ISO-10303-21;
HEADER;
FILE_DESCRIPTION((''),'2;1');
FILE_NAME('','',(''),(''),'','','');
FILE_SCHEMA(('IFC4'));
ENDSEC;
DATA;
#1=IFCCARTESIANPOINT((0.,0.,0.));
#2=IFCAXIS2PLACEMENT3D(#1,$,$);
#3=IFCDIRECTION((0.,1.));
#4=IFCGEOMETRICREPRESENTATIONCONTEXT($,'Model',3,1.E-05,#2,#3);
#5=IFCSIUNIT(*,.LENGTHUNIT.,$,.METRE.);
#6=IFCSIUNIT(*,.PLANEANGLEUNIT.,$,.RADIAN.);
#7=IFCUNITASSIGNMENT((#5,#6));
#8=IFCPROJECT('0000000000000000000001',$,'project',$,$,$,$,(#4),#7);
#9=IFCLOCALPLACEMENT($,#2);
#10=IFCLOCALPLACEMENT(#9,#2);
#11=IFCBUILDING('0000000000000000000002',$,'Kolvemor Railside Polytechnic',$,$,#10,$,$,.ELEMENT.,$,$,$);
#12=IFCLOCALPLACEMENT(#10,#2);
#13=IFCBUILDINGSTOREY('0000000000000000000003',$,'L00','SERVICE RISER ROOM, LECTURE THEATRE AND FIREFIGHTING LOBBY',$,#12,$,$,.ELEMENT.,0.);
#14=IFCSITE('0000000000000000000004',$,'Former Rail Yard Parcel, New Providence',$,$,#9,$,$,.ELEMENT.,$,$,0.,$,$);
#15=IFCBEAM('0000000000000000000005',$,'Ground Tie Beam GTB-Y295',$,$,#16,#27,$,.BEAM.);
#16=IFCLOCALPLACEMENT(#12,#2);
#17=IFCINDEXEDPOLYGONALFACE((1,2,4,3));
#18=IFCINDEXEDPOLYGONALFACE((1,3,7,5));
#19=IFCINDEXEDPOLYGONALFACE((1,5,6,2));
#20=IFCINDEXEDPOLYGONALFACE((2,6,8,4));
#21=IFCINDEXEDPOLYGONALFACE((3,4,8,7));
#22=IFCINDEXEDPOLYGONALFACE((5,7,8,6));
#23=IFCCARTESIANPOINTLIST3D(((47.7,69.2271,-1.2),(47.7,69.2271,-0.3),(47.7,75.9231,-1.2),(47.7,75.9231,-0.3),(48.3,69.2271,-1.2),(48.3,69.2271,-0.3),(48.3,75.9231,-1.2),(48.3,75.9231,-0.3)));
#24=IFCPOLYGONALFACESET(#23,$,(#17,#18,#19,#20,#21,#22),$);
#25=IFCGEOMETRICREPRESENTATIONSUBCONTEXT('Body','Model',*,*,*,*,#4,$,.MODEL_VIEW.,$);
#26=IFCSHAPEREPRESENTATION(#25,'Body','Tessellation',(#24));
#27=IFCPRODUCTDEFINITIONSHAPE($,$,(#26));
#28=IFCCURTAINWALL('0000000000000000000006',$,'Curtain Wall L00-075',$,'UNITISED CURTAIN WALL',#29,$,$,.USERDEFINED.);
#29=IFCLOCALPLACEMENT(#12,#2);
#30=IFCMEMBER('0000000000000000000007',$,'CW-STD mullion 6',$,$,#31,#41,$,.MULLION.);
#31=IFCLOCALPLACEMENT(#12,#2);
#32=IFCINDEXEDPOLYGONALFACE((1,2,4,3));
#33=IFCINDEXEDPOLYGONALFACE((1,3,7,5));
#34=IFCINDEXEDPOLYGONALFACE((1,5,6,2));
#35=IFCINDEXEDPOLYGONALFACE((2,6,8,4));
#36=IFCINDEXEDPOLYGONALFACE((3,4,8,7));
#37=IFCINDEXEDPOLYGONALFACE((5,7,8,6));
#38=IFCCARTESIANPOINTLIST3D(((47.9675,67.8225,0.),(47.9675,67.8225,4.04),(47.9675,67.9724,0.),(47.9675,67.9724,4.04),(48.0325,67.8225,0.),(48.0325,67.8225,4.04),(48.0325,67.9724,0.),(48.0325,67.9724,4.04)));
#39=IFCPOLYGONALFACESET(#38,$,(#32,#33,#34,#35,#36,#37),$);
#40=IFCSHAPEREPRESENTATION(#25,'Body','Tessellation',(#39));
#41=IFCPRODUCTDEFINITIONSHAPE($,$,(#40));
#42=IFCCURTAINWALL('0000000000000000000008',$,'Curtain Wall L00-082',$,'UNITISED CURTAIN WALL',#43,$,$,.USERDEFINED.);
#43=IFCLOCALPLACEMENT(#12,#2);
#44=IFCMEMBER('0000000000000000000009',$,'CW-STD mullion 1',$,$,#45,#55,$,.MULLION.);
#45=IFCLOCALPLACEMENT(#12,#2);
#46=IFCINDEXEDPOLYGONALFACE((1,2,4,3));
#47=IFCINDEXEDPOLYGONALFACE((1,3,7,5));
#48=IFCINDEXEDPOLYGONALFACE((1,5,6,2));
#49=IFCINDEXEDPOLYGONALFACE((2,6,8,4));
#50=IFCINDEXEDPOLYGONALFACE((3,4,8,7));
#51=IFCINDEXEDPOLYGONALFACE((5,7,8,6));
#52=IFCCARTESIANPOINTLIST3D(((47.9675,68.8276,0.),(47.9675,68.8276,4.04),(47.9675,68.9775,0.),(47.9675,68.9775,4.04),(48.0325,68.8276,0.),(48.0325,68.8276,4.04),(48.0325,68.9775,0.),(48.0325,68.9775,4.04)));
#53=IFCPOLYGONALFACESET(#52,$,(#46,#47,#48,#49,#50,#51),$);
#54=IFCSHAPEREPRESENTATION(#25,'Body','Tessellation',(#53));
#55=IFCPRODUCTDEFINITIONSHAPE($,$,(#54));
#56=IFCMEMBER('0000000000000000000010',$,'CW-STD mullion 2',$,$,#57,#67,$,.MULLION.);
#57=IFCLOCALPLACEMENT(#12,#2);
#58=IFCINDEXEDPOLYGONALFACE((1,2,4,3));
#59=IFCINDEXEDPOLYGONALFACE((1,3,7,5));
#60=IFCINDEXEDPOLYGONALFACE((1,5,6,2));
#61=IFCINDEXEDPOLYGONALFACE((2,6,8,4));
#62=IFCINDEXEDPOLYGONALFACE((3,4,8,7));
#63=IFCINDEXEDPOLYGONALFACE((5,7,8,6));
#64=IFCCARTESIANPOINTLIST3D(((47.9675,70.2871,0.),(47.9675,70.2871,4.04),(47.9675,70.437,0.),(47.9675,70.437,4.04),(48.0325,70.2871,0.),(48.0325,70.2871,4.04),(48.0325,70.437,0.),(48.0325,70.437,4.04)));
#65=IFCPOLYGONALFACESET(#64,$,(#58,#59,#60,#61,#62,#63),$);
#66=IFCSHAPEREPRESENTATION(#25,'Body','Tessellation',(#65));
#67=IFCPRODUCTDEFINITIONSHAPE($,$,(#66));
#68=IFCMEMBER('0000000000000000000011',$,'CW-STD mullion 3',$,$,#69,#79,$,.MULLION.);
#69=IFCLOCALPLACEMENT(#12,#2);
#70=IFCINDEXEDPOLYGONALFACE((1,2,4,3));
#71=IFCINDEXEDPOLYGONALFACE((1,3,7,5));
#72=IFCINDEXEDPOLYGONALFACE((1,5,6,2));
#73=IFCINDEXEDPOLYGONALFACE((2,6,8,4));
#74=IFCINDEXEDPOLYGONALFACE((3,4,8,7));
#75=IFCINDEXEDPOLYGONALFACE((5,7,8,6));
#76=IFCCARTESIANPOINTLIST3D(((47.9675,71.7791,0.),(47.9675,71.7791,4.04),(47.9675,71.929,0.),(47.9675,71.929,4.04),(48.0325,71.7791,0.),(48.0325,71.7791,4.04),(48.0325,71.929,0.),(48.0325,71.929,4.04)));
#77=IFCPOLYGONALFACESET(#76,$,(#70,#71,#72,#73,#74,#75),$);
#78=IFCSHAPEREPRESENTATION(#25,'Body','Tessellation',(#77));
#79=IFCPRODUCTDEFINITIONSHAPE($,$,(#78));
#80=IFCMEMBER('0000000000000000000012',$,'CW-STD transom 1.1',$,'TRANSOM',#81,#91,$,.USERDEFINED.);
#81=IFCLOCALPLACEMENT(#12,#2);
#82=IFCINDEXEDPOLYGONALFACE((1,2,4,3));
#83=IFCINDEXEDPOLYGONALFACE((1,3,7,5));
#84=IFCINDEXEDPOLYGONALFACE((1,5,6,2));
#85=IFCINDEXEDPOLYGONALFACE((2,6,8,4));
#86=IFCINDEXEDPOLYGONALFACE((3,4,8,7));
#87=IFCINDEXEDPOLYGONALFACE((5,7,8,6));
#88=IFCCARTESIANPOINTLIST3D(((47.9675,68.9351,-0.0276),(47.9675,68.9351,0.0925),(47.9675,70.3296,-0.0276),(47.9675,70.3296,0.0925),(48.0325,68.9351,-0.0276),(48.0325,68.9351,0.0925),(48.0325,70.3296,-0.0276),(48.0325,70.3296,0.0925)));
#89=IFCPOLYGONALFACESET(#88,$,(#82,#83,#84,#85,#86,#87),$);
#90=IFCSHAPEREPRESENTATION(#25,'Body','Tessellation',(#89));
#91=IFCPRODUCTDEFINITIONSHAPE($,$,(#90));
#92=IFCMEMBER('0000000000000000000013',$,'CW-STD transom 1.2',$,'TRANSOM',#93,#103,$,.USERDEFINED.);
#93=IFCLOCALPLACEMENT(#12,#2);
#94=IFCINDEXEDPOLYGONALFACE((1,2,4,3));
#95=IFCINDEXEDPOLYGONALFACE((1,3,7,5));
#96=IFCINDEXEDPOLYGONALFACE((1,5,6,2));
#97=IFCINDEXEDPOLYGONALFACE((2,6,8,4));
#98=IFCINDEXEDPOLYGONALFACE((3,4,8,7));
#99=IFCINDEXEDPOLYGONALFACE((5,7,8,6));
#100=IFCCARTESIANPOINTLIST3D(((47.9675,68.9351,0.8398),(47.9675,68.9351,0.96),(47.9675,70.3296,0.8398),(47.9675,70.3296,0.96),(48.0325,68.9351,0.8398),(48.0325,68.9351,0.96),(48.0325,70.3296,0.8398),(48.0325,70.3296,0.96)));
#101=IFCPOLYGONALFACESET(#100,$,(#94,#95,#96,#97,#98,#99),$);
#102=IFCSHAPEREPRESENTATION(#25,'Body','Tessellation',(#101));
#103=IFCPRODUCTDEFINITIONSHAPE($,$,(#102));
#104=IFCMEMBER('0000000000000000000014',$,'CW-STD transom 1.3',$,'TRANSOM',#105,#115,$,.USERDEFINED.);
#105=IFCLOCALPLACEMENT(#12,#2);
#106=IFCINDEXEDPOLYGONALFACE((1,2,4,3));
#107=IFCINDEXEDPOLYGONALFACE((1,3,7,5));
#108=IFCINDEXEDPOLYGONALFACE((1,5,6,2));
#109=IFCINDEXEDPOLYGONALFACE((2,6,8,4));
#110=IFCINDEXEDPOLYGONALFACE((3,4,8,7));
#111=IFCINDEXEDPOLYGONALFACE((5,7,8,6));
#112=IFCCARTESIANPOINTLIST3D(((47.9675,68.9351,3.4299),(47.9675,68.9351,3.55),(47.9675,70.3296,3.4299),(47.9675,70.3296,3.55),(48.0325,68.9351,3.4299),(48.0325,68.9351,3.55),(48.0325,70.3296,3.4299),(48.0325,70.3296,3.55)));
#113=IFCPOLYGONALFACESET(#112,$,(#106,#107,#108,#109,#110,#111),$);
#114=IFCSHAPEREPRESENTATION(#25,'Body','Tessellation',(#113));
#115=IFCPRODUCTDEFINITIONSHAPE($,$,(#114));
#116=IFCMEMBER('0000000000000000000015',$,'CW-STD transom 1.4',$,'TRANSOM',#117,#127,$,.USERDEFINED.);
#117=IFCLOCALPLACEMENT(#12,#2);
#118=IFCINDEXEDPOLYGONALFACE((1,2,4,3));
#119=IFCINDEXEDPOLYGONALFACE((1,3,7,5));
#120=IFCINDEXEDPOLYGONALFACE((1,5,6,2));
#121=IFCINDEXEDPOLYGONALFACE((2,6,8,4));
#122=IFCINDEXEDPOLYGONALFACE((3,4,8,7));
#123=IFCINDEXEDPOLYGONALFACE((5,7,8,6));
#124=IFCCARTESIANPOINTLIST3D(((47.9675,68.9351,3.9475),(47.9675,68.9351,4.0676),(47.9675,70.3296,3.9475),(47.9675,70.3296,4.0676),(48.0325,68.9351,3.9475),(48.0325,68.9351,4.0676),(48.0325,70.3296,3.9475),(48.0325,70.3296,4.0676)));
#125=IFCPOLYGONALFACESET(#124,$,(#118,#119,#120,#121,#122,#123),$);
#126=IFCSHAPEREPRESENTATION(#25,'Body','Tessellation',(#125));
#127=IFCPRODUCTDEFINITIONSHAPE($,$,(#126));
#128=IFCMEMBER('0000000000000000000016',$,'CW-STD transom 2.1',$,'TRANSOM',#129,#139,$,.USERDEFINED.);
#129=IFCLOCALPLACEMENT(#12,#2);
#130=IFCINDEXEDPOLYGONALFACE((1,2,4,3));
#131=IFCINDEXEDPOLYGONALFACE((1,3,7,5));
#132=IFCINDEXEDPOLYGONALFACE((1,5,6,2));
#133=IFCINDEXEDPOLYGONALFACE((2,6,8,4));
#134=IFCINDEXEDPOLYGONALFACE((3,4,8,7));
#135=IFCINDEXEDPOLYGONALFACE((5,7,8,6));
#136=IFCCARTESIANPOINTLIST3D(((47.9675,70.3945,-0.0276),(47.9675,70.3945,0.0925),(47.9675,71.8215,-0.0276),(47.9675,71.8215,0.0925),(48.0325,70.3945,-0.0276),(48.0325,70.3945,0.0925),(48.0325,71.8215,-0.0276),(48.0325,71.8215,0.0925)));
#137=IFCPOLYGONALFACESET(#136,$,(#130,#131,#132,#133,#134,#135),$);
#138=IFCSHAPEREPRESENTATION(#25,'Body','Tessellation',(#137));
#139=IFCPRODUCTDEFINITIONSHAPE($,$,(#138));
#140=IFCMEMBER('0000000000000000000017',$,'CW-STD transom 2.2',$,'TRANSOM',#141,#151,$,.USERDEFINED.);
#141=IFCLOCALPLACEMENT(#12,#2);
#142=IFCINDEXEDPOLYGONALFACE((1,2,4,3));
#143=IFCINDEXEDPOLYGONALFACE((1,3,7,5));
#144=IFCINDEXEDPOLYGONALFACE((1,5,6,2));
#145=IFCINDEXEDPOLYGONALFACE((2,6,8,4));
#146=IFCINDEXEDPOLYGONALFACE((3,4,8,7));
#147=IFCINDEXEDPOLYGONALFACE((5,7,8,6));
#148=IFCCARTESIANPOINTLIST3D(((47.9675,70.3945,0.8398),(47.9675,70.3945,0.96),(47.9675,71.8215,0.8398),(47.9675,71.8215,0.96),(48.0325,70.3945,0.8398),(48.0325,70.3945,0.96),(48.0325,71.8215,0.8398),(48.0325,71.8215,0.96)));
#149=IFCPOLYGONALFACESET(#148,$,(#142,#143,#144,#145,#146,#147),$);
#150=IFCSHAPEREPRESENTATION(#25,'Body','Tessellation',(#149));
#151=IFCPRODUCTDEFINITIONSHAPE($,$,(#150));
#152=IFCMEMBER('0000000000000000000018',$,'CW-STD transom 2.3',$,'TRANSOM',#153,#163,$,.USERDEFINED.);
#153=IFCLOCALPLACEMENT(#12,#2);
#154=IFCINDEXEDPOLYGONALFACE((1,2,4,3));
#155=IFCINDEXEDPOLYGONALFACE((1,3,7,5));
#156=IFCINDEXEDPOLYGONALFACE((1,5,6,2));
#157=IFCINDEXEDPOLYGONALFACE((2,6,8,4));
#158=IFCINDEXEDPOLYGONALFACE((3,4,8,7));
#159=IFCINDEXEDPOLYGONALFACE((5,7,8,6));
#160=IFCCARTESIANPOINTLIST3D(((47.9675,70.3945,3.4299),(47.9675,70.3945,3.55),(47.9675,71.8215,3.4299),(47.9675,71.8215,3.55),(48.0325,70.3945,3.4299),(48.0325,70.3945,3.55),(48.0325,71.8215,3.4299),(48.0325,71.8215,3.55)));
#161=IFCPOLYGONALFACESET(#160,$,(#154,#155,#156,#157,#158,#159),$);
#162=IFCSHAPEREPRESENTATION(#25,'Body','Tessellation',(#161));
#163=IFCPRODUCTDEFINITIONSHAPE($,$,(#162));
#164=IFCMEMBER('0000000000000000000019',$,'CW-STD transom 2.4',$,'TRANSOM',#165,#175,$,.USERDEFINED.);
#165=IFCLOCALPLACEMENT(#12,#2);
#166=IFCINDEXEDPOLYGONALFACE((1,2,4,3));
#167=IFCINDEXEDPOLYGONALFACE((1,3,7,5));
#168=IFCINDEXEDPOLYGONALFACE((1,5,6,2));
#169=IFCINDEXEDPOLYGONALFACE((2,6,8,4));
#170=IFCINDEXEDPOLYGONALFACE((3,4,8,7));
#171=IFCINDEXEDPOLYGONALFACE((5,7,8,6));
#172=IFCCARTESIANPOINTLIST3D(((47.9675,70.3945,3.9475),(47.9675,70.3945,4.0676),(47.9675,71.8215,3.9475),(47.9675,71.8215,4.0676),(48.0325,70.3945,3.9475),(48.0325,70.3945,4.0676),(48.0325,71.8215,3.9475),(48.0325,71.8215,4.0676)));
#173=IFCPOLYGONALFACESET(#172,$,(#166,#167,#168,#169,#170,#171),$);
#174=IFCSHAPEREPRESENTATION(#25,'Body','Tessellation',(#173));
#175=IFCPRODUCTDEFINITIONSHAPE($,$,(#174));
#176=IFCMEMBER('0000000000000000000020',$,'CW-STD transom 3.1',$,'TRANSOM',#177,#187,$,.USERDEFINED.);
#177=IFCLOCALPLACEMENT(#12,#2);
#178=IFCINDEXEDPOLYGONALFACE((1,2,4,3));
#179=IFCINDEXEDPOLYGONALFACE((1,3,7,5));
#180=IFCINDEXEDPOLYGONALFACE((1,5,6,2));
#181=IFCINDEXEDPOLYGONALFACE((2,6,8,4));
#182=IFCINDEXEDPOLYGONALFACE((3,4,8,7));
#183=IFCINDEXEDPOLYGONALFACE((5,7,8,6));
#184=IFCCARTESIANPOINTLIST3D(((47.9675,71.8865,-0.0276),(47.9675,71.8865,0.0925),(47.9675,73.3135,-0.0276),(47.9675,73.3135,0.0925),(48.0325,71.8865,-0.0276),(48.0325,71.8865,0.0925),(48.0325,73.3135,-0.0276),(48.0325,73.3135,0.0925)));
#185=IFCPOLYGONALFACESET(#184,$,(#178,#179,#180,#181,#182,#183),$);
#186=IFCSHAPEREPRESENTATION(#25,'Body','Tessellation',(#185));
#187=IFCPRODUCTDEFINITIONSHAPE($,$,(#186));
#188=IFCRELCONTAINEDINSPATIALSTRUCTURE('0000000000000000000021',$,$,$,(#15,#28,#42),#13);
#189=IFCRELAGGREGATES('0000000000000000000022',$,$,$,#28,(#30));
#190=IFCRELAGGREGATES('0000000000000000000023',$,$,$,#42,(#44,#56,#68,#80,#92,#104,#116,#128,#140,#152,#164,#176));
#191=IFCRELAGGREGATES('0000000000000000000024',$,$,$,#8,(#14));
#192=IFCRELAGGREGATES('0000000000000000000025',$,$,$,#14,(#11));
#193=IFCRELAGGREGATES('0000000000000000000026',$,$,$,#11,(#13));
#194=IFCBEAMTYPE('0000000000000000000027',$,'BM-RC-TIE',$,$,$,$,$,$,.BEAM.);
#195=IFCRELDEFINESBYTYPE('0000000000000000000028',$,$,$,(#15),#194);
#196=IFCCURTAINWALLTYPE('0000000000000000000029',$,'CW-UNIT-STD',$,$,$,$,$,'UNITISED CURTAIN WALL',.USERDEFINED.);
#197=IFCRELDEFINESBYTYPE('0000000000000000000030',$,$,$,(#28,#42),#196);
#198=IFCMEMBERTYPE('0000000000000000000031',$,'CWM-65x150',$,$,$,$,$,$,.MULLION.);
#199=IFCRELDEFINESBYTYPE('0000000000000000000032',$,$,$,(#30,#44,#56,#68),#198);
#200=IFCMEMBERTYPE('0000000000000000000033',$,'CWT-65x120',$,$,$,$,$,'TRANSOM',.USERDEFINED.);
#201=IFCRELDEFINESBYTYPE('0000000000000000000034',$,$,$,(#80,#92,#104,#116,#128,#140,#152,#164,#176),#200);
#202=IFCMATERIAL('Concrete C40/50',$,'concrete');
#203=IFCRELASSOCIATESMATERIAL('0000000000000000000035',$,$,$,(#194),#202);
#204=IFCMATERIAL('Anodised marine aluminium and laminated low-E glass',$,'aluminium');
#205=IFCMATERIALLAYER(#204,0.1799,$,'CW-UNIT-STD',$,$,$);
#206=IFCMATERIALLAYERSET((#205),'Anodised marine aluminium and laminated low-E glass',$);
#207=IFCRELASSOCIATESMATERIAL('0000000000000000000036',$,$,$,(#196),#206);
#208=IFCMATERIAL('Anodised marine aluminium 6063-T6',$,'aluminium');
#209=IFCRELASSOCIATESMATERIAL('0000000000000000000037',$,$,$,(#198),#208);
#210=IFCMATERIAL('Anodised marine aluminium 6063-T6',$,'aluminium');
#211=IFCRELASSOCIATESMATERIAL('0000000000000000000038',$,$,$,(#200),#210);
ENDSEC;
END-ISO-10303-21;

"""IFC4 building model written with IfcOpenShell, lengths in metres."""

from ifc_helpers import new_model, si_unit, direction, frame, origin, origin_2d, place, context, subcontext, project, spatial, rectangle, extrude, material, layer, layer_set, material_profile, profile_set, type_object, element, aggregate, save


model = new_model("IFC4")

# Units and contexts
model_context = context("Model", 3, precision=1e-05, world=origin(), true_north=direction((0.0, 1.0)))
body_context = subcontext(model_context, "Body", "Model", "MODEL_VIEW")
ifc_project = project(units=[si_unit("LENGTHUNIT", "METRE"), si_unit("PLANEANGLEUNIT", "RADIAN")], contexts=[model_context])

# Site, building, storey
site_placement = place(None, origin())
site = spatial("IfcSite", under=ifc_project, at=site_placement, Name="Former Rail Yard Parcel, New Providence", CompositionType="ELEMENT", RefElevation=0.0)
building_placement = place(site_placement, origin())
building = spatial("IfcBuilding", under=site, at=building_placement, Name="Kolvemor Railside Polytechnic", CompositionType="ELEMENT")
storey_placement = place(building_placement, origin())
storey = spatial("IfcBuildingStorey", under=building, at=storey_placement, Name="L00", Description="SERVICE RISER ROOM, LECTURE THEATRE AND FIREFIGHTING LOBBY", CompositionType="ELEMENT", Elevation=0.0)

# Beam
ifc_material_1 = material(Name="Concrete C40/50", Category="concrete")
ifc_material_profile_1 = material_profile(ifc_material_1, rectangle(XDim=0.6001, YDim=0.8999, at=origin_2d()), Name="RC600x900")
ifc_profile_set_1 = profile_set([ifc_material_profile_1], Name="Concrete C40/50")
beam_type_1 = type_object("IfcBeamType", Name="BM-RC-TIE", PredefinedType="BEAM", material=ifc_profile_set_1)
beam_1_placement = place(storey_placement, frame((48.0, 69.2271, -0.75), z_axis=(0.0, 1.0, 0.0), x_axis=(-1.0, 0.0, 0.0)))
element("IfcBeam", 1, at=beam_1_placement, inside=storey, type_object=beam_type_1, Name="Ground Tie Beam GTB-Y295", PredefinedType="BEAM", context=body_context, shape_type="SweptSolid", body=[
    extrude(rectangle(XDim=0.6001, YDim=0.8999, at=origin_2d()), origin(), (0.0, 0.0, 1.0), 6.696),
])

# Curtain wall, member
ifc_material_2 = material(Name="Anodised marine aluminium and laminated low-E glass", Category="aluminium")
ifc_layer_1 = layer(ifc_material_2, 0.1799, Name="CW-UNIT-STD")
ifc_layer_set_1 = layer_set([ifc_layer_1], Name="Anodised marine aluminium and laminated low-E glass")
curtain_wall_type = type_object("IfcCurtainWallType", Name="CW-UNIT-STD", ElementType="UNITISED CURTAIN WALL", PredefinedType="USERDEFINED", material=ifc_layer_set_1)
curtain_wall_1_placement = place(storey_placement, origin())
curtain_wall_1 = element("IfcCurtainWall", 2, at=curtain_wall_1_placement, inside=storey, type_object=curtain_wall_type, Name="Curtain Wall L00-075", ObjectType="UNITISED CURTAIN WALL", PredefinedType="USERDEFINED")
ifc_material_3 = material(Name="Anodised marine aluminium 6063-T6", Category="aluminium")
ifc_material_profile_2 = material_profile(ifc_material_3, rectangle(XDim=0.0649, YDim=0.1499, at=origin_2d()), Name="CW-MUL-65x150")
ifc_profile_set_2 = profile_set([ifc_material_profile_2], Name="Anodised marine aluminium 6063-T6")
member_type_1 = type_object("IfcMemberType", Name="CWM-65x150", PredefinedType="MULLION", material=ifc_profile_set_2)
member_1_placement = place(storey_placement, frame((48.0, 67.8975, 0.0), z_axis=(0.0, 0.0, 1.0), x_axis=(-1.0, 0.0, 0.0)))
member_1 = element("IfcMember", 3, at=member_1_placement, type_object=member_type_1, Name="CW-STD mullion 6", PredefinedType="MULLION", context=body_context, shape_type="SweptSolid", body=[
    extrude(rectangle(XDim=0.0649, YDim=0.1499, at=origin_2d()), origin(), (0.0, 0.0, 1.0), 4.04),
])

# Curtain wall, members
curtain_wall_2_placement = place(storey_placement, origin())
curtain_wall_2 = element("IfcCurtainWall", 4, at=curtain_wall_2_placement, inside=storey, type_object=curtain_wall_type, Name="Curtain Wall L00-082", ObjectType="UNITISED CURTAIN WALL", PredefinedType="USERDEFINED")
member_2_placement = place(storey_placement, frame((48.0, 68.9026, 0.0), z_axis=(0.0, 0.0, 1.0), x_axis=(-1.0, 0.0, 0.0)))
member_2 = element("IfcMember", 5, at=member_2_placement, type_object=member_type_1, Name="CW-STD mullion 1", PredefinedType="MULLION", context=body_context, shape_type="SweptSolid", body=[
    extrude(rectangle(XDim=0.0649, YDim=0.1499, at=origin_2d()), origin(), (0.0, 0.0, 1.0), 4.04),
])
member_3_placement = place(storey_placement, frame((48.0, 70.3621, 0.0), z_axis=(0.0, 0.0, 1.0), x_axis=(-1.0, 0.0, 0.0)))
member_3 = element("IfcMember", 6, at=member_3_placement, type_object=member_type_1, Name="CW-STD mullion 2", PredefinedType="MULLION", context=body_context, shape_type="SweptSolid", body=[
    extrude(rectangle(XDim=0.0649, YDim=0.1499, at=origin_2d()), origin(), (0.0, 0.0, 1.0), 4.04),
])
member_4_placement = place(storey_placement, frame((48.0, 71.854, 0.0), z_axis=(0.0, 0.0, 1.0), x_axis=(-1.0, 0.0, 0.0)))
member_4 = element("IfcMember", 7, at=member_4_placement, type_object=member_type_1, Name="CW-STD mullion 3", PredefinedType="MULLION", context=body_context, shape_type="SweptSolid", body=[
    extrude(rectangle(XDim=0.0649, YDim=0.1499, at=origin_2d()), origin(), (0.0, 0.0, 1.0), 4.04),
])
ifc_material_4 = material(Name="Anodised marine aluminium 6063-T6", Category="aluminium")
ifc_material_profile_3 = material_profile(ifc_material_4, rectangle(XDim=0.0649, YDim=0.1201, at=origin_2d()), Name="CW-TRN-65x120")
ifc_profile_set_3 = profile_set([ifc_material_profile_3], Name="Anodised marine aluminium 6063-T6")
member_type_2 = type_object("IfcMemberType", Name="CWT-65x120", ElementType="TRANSOM", PredefinedType="USERDEFINED", material=ifc_profile_set_3)
member_5_placement = place(storey_placement, frame((48.0, 68.9351, 0.0325), z_axis=(0.0, 1.0, 0.0), x_axis=(-1.0, 0.0, 0.0)))
member_5 = element("IfcMember", 8, at=member_5_placement, type_object=member_type_2, Name="CW-STD transom 1.1", ObjectType="TRANSOM", PredefinedType="USERDEFINED", context=body_context, shape_type="SweptSolid", body=[
    extrude(rectangle(XDim=0.0649, YDim=0.1201, at=origin_2d()), origin(), (0.0, 0.0, 1.0), 1.3945),
])
member_6_placement = place(storey_placement, frame((48.0, 68.9351, 0.8999), z_axis=(0.0, 1.0, 0.0), x_axis=(-1.0, 0.0, 0.0)))
member_6 = element("IfcMember", 9, at=member_6_placement, type_object=member_type_2, Name="CW-STD transom 1.2", ObjectType="TRANSOM", PredefinedType="USERDEFINED", context=body_context, shape_type="SweptSolid", body=[
    extrude(rectangle(XDim=0.0649, YDim=0.1201, at=origin_2d()), origin(), (0.0, 0.0, 1.0), 1.3945),
])
member_7_placement = place(storey_placement, frame((48.0, 68.9351, 3.49), z_axis=(0.0, 1.0, 0.0), x_axis=(-1.0, 0.0, 0.0)))
member_7 = element("IfcMember", 10, at=member_7_placement, type_object=member_type_2, Name="CW-STD transom 1.3", ObjectType="TRANSOM", PredefinedType="USERDEFINED", context=body_context, shape_type="SweptSolid", body=[
    extrude(rectangle(XDim=0.0649, YDim=0.1201, at=origin_2d()), origin(), (0.0, 0.0, 1.0), 1.3945),
])
member_8_placement = place(storey_placement, frame((48.0, 68.9351, 4.0076), z_axis=(0.0, 1.0, 0.0), x_axis=(-1.0, 0.0, 0.0)))
member_8 = element("IfcMember", 11, at=member_8_placement, type_object=member_type_2, Name="CW-STD transom 1.4", ObjectType="TRANSOM", PredefinedType="USERDEFINED", context=body_context, shape_type="SweptSolid", body=[
    extrude(rectangle(XDim=0.0649, YDim=0.1201, at=origin_2d()), origin(), (0.0, 0.0, 1.0), 1.3945),
])
member_9_placement = place(storey_placement, frame((48.0, 70.3945, 0.0325), z_axis=(0.0, 1.0, 0.0), x_axis=(-1.0, 0.0, 0.0)))
member_9 = element("IfcMember", 12, at=member_9_placement, type_object=member_type_2, Name="CW-STD transom 2.1", ObjectType="TRANSOM", PredefinedType="USERDEFINED", context=body_context, shape_type="SweptSolid", body=[
    extrude(rectangle(XDim=0.0649, YDim=0.1201, at=origin_2d()), origin(), (0.0, 0.0, 1.0), 1.427),
])
member_10_placement = place(storey_placement, frame((48.0, 70.3945, 0.8999), z_axis=(0.0, 1.0, 0.0), x_axis=(-1.0, 0.0, 0.0)))
member_10 = element("IfcMember", 13, at=member_10_placement, type_object=member_type_2, Name="CW-STD transom 2.2", ObjectType="TRANSOM", PredefinedType="USERDEFINED", context=body_context, shape_type="SweptSolid", body=[
    extrude(rectangle(XDim=0.0649, YDim=0.1201, at=origin_2d()), origin(), (0.0, 0.0, 1.0), 1.427),
])
member_11_placement = place(storey_placement, frame((48.0, 70.3945, 3.49), z_axis=(0.0, 1.0, 0.0), x_axis=(-1.0, 0.0, 0.0)))
member_11 = element("IfcMember", 14, at=member_11_placement, type_object=member_type_2, Name="CW-STD transom 2.3", ObjectType="TRANSOM", PredefinedType="USERDEFINED", context=body_context, shape_type="SweptSolid", body=[
    extrude(rectangle(XDim=0.0649, YDim=0.1201, at=origin_2d()), origin(), (0.0, 0.0, 1.0), 1.427),
])
member_12_placement = place(storey_placement, frame((48.0, 70.3945, 4.0076), z_axis=(0.0, 1.0, 0.0), x_axis=(-1.0, 0.0, 0.0)))
member_12 = element("IfcMember", 15, at=member_12_placement, type_object=member_type_2, Name="CW-STD transom 2.4", ObjectType="TRANSOM", PredefinedType="USERDEFINED", context=body_context, shape_type="SweptSolid", body=[
    extrude(rectangle(XDim=0.0649, YDim=0.1201, at=origin_2d()), origin(), (0.0, 0.0, 1.0), 1.427),
])
member_13_placement = place(storey_placement, frame((48.0, 71.8865, 0.0325), z_axis=(0.0, 1.0, 0.0), x_axis=(-1.0, 0.0, 0.0)))
member_13 = element("IfcMember", 16, at=member_13_placement, type_object=member_type_2, Name="CW-STD transom 3.1", ObjectType="TRANSOM", PredefinedType="USERDEFINED", context=body_context, shape_type="SweptSolid", body=[
    extrude(rectangle(XDim=0.0649, YDim=0.1201, at=origin_2d()), origin(), (0.0, 0.0, 1.0), 1.427),
])

aggregate(curtain_wall_1, [member_1])
aggregate(curtain_wall_2, [member_2, member_3, member_4, member_5, member_6, member_7, member_8, member_9, member_10, member_11, member_12, member_13])

save(model, "model.ifc")
